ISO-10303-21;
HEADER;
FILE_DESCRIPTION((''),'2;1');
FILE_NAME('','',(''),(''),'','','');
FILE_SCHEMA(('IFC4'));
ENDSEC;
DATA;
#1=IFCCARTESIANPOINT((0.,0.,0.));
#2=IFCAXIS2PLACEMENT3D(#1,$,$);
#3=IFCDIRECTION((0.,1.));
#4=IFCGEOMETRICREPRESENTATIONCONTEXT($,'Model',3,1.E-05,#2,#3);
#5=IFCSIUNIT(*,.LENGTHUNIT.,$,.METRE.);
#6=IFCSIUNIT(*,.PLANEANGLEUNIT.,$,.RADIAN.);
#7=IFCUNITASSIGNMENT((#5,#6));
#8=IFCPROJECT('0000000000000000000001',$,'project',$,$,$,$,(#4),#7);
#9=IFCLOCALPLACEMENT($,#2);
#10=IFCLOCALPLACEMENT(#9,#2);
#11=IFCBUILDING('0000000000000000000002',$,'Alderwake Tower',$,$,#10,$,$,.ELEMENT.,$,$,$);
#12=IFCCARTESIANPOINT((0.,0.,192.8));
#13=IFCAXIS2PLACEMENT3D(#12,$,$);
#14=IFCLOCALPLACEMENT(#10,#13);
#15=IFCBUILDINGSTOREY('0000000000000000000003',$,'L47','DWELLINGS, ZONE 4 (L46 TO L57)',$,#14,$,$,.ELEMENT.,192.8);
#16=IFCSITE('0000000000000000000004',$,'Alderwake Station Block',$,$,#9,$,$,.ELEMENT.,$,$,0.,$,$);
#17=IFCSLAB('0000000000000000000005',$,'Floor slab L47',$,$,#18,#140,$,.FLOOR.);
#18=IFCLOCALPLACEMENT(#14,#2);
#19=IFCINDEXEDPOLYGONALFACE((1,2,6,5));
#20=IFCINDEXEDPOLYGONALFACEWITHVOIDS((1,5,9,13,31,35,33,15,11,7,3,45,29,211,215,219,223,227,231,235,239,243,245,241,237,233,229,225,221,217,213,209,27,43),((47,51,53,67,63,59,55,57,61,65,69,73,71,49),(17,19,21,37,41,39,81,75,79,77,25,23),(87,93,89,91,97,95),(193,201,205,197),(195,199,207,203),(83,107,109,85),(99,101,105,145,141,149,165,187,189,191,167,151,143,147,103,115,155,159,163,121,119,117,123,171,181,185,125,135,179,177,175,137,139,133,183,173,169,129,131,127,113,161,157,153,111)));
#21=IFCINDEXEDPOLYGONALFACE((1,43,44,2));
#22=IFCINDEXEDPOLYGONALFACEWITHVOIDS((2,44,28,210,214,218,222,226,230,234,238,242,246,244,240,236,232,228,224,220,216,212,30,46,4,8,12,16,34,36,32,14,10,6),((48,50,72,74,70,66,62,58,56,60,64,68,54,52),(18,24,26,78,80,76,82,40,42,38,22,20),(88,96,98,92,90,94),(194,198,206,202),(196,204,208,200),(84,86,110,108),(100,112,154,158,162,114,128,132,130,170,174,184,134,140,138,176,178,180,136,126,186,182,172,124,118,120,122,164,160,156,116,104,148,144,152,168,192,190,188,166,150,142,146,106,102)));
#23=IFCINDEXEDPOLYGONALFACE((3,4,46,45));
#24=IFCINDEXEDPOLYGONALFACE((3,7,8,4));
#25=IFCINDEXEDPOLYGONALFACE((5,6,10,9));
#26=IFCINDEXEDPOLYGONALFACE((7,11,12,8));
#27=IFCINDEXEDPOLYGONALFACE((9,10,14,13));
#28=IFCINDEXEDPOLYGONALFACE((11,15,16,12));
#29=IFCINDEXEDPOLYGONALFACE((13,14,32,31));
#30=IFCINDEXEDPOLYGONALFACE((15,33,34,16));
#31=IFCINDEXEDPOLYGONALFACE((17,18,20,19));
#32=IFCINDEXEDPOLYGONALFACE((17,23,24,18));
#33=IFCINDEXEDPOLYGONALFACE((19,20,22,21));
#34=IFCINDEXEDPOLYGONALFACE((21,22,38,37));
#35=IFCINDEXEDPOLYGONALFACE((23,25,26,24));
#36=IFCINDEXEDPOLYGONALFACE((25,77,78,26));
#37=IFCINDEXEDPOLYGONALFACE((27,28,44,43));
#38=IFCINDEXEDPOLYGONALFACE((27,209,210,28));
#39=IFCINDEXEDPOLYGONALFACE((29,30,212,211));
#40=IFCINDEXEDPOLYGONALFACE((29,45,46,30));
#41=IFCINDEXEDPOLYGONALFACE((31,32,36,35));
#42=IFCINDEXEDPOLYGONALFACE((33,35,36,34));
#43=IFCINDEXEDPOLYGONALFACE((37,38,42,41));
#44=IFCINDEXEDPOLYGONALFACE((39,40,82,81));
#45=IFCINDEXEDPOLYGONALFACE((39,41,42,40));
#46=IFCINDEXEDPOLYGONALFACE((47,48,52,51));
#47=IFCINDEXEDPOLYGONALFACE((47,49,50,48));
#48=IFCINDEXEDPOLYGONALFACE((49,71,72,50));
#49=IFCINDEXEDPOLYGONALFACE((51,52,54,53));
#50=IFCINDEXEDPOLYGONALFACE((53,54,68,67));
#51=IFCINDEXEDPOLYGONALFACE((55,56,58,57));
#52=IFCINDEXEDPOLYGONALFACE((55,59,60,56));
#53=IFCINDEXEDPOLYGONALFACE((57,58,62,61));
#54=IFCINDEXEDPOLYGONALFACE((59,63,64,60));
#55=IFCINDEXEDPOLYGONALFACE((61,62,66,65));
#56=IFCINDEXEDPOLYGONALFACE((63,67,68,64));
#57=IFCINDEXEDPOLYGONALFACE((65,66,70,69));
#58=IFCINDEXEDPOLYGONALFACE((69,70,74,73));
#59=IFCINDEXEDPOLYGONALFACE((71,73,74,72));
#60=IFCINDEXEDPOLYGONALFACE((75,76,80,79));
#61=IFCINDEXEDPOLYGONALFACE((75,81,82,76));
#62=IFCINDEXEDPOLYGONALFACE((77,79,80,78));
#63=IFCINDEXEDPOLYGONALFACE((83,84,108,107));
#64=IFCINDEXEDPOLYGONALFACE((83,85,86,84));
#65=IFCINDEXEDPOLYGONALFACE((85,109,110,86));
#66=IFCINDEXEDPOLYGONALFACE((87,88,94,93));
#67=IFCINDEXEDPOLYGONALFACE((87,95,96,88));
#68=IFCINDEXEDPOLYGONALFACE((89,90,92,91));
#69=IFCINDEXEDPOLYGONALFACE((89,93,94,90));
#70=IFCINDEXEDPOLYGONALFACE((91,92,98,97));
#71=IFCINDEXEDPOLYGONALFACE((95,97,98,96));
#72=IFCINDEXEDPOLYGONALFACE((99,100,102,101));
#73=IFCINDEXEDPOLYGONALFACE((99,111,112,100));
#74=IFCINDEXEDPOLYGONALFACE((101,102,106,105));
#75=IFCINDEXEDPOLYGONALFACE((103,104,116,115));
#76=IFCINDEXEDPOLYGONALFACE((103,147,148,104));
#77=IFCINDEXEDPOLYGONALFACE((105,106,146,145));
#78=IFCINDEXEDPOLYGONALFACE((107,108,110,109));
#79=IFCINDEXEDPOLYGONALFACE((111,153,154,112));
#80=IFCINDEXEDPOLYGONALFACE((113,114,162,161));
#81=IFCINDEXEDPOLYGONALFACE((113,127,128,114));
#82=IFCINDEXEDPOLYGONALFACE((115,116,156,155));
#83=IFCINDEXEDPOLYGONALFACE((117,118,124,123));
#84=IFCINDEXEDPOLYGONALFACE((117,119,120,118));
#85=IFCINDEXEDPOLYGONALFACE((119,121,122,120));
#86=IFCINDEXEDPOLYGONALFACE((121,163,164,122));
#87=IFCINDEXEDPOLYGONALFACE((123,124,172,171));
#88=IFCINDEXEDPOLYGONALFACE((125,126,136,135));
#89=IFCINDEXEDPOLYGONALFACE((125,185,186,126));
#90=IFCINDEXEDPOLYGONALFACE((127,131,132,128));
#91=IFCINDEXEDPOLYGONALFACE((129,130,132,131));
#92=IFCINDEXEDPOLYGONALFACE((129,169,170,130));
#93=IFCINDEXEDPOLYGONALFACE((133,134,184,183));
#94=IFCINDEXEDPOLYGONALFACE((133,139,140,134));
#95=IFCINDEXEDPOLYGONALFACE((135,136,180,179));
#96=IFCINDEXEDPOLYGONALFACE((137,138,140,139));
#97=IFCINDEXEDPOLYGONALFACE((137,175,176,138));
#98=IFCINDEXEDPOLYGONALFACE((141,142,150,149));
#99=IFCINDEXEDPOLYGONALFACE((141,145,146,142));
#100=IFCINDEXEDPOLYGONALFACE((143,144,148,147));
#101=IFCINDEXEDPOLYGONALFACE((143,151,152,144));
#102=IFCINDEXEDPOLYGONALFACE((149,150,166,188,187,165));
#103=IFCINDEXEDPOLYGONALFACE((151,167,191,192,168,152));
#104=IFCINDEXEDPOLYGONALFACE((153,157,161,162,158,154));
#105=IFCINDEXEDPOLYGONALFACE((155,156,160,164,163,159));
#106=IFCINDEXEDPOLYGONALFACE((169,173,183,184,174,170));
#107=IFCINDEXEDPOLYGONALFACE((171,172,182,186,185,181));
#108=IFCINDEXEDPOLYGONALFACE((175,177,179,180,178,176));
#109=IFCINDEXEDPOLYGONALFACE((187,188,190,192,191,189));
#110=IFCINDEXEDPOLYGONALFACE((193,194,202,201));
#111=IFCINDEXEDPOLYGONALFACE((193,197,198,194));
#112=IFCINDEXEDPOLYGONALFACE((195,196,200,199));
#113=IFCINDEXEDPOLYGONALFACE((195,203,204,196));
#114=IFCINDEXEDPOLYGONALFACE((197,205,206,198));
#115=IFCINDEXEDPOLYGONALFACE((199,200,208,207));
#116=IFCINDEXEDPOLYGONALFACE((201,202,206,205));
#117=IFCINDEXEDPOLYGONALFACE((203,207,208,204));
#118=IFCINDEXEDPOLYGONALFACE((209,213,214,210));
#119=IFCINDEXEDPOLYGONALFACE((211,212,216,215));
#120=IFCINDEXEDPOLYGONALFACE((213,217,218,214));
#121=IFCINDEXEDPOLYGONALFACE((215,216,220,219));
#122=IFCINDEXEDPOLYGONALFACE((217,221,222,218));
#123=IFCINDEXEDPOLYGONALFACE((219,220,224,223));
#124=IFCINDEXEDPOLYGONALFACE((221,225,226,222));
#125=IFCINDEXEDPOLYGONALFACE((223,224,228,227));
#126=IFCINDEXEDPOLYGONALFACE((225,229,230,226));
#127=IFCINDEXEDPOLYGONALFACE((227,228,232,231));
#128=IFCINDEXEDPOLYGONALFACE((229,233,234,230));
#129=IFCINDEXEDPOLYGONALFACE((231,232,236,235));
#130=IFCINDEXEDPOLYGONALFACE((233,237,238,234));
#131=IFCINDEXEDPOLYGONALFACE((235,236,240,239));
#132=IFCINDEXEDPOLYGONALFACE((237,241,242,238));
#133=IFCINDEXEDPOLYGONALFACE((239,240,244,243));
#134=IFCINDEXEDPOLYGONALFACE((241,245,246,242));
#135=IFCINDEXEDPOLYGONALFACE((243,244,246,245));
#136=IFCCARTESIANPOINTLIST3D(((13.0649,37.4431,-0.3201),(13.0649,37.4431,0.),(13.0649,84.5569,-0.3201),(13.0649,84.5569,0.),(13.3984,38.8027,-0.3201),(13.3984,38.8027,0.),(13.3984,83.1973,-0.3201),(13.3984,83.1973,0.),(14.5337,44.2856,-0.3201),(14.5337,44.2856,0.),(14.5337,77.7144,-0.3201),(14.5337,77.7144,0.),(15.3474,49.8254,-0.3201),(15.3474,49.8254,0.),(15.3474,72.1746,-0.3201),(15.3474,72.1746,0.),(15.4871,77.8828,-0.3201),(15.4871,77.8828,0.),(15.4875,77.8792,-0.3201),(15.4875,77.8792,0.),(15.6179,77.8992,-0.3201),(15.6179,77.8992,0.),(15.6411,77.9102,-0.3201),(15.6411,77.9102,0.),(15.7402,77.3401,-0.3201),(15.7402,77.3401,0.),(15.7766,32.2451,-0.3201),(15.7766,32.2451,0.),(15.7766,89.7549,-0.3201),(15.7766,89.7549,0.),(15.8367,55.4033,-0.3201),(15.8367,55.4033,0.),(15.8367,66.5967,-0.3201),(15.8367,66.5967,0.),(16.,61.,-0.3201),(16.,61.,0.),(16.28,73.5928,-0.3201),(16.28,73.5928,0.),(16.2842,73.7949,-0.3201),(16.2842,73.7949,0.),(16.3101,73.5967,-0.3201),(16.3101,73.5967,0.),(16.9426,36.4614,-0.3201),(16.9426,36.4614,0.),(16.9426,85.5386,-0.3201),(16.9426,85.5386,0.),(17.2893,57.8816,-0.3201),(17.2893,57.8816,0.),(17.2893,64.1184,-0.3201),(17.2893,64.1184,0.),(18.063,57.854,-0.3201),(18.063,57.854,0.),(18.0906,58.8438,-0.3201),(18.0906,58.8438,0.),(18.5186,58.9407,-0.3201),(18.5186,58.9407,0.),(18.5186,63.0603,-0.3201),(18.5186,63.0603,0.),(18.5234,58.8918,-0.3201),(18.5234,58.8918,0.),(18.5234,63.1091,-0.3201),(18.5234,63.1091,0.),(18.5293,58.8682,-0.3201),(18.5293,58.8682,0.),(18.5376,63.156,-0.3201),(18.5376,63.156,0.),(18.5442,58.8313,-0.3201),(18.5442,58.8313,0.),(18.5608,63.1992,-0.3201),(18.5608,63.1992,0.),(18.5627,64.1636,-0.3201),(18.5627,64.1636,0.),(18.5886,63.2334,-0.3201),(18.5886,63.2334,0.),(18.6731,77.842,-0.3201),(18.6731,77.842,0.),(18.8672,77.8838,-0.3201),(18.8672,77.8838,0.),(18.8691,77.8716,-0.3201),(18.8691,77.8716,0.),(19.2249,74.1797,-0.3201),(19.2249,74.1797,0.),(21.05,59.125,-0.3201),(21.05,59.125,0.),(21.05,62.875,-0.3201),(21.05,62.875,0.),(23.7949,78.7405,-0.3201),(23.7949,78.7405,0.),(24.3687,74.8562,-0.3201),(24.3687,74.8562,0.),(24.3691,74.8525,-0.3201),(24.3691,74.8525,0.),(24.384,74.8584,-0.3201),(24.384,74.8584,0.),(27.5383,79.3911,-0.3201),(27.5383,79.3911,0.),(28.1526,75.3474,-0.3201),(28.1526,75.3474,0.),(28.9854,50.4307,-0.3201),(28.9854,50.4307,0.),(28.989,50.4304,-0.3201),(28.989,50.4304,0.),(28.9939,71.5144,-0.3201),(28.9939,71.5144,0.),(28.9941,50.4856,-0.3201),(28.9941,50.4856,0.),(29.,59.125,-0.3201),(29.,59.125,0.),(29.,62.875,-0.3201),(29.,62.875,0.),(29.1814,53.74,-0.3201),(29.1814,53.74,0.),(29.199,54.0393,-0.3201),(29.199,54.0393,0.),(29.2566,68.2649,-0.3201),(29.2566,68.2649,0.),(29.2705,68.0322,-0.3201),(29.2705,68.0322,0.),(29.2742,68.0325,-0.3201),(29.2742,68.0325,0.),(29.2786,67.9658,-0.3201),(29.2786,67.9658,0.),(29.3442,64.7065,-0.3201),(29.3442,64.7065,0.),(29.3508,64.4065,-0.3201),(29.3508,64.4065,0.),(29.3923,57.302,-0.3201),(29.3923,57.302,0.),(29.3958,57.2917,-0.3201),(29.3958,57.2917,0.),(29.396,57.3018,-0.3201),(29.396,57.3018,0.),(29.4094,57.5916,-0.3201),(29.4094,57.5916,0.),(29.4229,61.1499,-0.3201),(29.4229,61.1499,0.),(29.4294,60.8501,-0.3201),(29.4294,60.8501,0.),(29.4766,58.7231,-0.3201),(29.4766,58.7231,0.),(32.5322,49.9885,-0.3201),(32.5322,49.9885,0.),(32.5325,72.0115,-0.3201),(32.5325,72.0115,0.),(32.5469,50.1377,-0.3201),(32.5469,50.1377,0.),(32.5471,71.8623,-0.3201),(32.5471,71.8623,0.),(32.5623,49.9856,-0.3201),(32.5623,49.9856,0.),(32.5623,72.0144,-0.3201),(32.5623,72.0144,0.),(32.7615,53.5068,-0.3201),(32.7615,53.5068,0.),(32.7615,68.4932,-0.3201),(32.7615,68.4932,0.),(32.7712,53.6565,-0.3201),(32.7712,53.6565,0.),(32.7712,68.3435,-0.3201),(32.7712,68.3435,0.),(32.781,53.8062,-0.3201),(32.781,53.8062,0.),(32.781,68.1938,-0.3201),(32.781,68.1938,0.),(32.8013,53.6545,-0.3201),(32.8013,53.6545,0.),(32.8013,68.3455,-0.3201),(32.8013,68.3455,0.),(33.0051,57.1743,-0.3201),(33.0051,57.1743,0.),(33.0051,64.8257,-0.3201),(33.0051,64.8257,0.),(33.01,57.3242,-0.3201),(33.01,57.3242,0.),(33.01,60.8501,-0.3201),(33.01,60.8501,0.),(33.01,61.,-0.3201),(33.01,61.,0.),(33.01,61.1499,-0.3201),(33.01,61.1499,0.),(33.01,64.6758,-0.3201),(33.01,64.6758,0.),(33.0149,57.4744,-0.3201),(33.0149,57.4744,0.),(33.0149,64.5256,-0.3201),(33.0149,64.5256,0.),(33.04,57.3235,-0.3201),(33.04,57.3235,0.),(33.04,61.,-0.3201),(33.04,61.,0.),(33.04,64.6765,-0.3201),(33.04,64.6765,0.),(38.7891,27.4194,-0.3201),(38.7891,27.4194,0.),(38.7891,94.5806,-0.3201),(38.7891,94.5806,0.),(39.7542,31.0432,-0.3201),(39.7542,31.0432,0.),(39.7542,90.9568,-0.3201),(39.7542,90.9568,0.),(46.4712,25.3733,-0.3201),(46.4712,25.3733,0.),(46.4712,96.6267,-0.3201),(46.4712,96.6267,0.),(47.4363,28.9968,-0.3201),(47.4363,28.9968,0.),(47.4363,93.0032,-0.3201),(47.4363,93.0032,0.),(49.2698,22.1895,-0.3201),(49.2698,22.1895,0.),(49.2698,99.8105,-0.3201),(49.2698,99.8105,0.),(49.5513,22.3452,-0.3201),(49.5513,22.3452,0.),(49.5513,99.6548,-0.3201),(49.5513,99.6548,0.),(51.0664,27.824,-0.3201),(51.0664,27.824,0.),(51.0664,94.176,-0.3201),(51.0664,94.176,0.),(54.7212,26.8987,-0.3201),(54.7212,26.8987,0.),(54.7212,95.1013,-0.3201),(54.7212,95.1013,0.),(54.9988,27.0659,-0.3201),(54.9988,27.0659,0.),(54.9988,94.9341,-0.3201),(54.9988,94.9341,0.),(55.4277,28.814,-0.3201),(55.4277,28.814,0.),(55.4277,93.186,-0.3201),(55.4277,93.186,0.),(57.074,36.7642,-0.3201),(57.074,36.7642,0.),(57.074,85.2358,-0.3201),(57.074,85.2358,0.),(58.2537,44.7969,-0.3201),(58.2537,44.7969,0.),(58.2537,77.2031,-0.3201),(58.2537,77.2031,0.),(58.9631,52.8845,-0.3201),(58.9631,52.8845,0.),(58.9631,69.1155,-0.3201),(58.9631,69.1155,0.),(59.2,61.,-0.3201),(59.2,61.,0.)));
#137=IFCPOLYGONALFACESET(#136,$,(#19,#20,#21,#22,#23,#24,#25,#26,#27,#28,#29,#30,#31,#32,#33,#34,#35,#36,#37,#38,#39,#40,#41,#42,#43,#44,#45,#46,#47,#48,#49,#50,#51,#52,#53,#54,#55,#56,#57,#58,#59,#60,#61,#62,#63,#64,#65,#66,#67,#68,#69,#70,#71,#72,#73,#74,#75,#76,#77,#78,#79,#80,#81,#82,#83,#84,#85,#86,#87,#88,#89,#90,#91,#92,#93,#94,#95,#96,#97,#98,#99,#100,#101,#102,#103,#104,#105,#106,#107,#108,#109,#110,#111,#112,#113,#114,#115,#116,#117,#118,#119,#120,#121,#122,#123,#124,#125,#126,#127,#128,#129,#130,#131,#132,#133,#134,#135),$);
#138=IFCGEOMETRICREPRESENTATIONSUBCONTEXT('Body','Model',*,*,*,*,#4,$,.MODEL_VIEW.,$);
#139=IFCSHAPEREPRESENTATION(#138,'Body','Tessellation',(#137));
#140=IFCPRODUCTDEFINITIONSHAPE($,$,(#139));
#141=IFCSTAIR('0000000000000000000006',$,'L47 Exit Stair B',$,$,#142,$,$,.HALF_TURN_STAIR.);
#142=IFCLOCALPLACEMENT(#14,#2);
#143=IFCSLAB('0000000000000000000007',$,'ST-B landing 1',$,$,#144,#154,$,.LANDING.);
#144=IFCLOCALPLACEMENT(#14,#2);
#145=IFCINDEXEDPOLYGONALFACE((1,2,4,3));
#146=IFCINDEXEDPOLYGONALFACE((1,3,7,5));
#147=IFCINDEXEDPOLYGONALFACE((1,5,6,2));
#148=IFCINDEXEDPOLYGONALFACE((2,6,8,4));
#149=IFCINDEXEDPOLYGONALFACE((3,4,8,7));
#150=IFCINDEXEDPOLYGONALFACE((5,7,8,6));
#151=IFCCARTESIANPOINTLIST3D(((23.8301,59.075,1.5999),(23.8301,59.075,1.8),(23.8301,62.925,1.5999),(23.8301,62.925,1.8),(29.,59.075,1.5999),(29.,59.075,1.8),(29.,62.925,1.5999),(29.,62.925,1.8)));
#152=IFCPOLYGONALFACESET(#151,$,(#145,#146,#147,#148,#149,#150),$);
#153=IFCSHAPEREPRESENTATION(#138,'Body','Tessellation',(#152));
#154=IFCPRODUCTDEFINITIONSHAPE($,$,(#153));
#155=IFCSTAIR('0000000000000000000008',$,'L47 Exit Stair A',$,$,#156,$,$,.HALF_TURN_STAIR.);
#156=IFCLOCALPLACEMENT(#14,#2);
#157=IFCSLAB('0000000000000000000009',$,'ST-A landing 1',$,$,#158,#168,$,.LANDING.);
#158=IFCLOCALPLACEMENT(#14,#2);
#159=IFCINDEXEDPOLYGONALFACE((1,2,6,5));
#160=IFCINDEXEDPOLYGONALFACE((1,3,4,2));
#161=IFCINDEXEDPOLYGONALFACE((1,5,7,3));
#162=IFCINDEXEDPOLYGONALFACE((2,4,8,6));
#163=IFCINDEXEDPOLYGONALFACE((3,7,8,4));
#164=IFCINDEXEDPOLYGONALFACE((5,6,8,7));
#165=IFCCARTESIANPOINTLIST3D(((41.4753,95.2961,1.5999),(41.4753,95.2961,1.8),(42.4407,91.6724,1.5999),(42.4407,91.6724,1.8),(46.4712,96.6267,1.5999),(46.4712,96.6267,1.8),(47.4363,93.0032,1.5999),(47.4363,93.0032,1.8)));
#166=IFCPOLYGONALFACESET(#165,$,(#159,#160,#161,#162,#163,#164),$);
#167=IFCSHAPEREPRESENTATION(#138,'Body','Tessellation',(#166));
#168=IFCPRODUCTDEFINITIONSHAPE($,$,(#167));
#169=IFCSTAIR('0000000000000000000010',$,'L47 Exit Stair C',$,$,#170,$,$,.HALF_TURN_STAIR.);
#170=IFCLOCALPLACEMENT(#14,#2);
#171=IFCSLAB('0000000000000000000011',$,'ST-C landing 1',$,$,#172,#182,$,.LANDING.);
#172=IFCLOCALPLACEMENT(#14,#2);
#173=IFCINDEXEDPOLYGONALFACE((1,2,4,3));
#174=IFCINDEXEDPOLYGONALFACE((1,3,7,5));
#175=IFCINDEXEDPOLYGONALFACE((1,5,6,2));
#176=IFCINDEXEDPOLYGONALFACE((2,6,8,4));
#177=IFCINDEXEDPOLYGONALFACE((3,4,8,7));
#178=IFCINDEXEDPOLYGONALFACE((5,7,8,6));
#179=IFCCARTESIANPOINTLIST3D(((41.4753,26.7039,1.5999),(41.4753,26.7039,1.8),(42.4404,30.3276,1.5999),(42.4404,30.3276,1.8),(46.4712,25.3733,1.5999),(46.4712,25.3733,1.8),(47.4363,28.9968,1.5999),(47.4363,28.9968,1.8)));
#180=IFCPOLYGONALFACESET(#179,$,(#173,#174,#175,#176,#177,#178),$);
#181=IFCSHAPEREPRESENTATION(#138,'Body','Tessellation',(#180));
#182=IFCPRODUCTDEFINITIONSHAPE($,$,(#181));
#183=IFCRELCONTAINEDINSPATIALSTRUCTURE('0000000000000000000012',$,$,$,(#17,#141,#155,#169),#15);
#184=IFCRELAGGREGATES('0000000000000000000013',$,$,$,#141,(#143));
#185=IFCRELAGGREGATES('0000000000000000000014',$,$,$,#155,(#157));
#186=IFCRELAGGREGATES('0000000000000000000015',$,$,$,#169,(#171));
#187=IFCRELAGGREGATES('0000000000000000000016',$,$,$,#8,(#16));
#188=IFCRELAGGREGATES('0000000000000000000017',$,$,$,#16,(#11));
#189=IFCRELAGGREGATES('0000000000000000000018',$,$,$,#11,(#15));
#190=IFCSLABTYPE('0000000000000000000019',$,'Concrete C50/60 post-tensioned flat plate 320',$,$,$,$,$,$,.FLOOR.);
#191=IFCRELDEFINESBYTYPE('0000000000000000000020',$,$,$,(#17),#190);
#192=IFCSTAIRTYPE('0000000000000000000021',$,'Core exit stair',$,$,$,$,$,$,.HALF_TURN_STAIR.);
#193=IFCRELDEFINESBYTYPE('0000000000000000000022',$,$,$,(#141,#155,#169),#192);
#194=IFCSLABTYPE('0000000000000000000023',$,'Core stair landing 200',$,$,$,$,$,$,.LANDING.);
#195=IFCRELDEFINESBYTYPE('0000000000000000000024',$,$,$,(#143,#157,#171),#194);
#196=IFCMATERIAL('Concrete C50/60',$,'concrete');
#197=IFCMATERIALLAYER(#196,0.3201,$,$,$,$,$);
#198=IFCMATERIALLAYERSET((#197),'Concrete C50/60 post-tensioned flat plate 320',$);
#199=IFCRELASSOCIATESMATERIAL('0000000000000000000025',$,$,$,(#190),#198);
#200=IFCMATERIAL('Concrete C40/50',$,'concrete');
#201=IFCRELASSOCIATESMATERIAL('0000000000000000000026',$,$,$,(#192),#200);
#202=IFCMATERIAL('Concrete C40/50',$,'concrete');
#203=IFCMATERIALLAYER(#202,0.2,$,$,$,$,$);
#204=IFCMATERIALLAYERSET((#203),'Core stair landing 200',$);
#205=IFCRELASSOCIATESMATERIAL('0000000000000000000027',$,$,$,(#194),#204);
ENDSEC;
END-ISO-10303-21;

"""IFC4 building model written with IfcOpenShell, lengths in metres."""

from ifc_helpers import new_model, si_unit, direction, frame, origin, place, context, subcontext, project, spatial, polyline, outline, extrude, material, layer, layer_set, type_object, element, aggregate, save


model = new_model("IFC4")

# Units and contexts
model_context = context("Model", 3, precision=1e-05, world=origin(), true_north=direction((0.0, 1.0)))
body_context = subcontext(model_context, "Body", "Model", "MODEL_VIEW")
ifc_project = project(units=[si_unit("LENGTHUNIT", "METRE"), si_unit("PLANEANGLEUNIT", "RADIAN")], contexts=[model_context])

# Site, building, storey
site_placement = place(None, origin())
site = spatial("IfcSite", under=ifc_project, at=site_placement, Name="Alderwake Station Block", CompositionType="ELEMENT", RefElevation=0.0)
building_placement = place(site_placement, origin())
building = spatial("IfcBuilding", under=site, at=building_placement, Name="Alderwake Tower", CompositionType="ELEMENT")
storey_placement = place(building_placement, frame((0.0, 0.0, 192.8)))
storey = spatial("IfcBuildingStorey", under=building, at=storey_placement, Name="L47", Description="DWELLINGS, ZONE 4 (L46 TO L57)", CompositionType="ELEMENT", Elevation=192.8)

# Slab
ifc_material_1 = material(Name="Concrete C50/60", Category="concrete")
ifc_layer_1 = layer(ifc_material_1, 0.3201)
ifc_layer_set_1 = layer_set([ifc_layer_1], Name="Concrete C50/60 post-tensioned flat plate 320")
slab_type_1 = type_object("IfcSlabType", Name="Concrete C50/60 post-tensioned flat plate 320", PredefinedType="FLOOR", material=ifc_layer_set_1)
slab_1_placement = place(storey_placement, frame((0.0, 0.0, -0.3201)))
element("IfcSlab", 1, at=slab_1_placement, inside=storey, type_object=slab_type_1, Name="Floor slab L47", PredefinedType="FLOOR", context=body_context, shape_type="SweptSolid", body=[
    extrude(outline(polyline([(13.0649, 37.4431), (13.3984, 38.8027), (14.5337, 44.2856), (15.3474, 49.8254), (15.8367, 55.4033), (16.0, 61.0), (15.8367, 66.5967), (15.3474, 72.1746), (14.5337, 77.7144), (13.3984, 83.1973), (13.0649, 84.5569), (16.9426, 85.5386), (15.7766, 89.7549), (49.2698, 99.8105), (49.5513, 99.6548), (51.0664, 94.176), (54.7212, 95.1013), (54.9988, 94.9341), (55.4277, 93.186), (57.074, 85.2358), (58.2537, 77.2031), (58.9631, 69.1155), (59.2, 61.0), (58.9631, 52.8845), (58.2537, 44.7969), (57.074, 36.7642), (55.4277, 28.814), (54.9988, 27.0659), (54.7212, 26.8987), (51.0664, 27.824), (49.5513, 22.3452), (49.2698, 22.1895), (15.7766, 32.2451), (16.9426, 36.4614), (13.0649, 37.4431)]), holes=[polyline([(28.9854, 50.4307), (28.989, 50.4304), (28.9941, 50.4856), (32.5469, 50.1377), (32.5322, 49.9885), (32.5623, 49.9856), (32.8013, 53.6545), (33.04, 57.3235), (33.04, 61.0), (33.04, 64.6765), (32.8013, 68.3455), (32.5623, 72.0144), (32.5325, 72.0115), (32.5471, 71.8623), (28.9939, 71.5144), (29.2566, 68.2649), (32.7615, 68.4932), (32.7712, 68.3435), (32.781, 68.1938), (29.2786, 67.9658), (29.2742, 68.0325), (29.2705, 68.0322), (29.3442, 64.7065), (33.0051, 64.8257), (33.01, 64.6758), (33.0149, 64.5256), (29.3508, 64.4065), (29.4229, 61.1499), (33.01, 61.1499), (33.01, 61.0), (33.01, 60.8501), (29.4294, 60.8501), (29.4766, 58.7231), (29.4094, 57.5916), (33.0149, 57.4744), (33.01, 57.3242), (33.0051, 57.1743), (29.3958, 57.2917), (29.396, 57.3018), (29.3923, 57.302), (29.199, 54.0393), (32.781, 53.8062), (32.7712, 53.6565), (32.7615, 53.5068), (29.1814, 53.74), (28.9854, 50.4307)]), polyline([(21.05, 62.875), (21.05, 59.125), (29.0, 59.125), (29.0, 62.875), (21.05, 62.875)]), polyline([(15.6411, 77.9102), (15.4871, 77.8828), (15.4875, 77.8792), (15.6179, 77.8992), (16.28, 73.5928), (16.3101, 73.5967), (16.2842, 73.7949), (19.2249, 74.1797), (18.6731, 77.842), (18.8691, 77.8716), (18.8672, 77.8838), (15.7402, 77.3401), (15.6411, 77.9102)]), polyline([(27.5383, 79.3911), (23.7949, 78.7405), (24.384, 74.8584), (24.3687, 74.8562), (24.3691, 74.8525), (28.1526, 75.3474), (27.5383, 79.3911)]), polyline([(47.4363, 28.9968), (39.7542, 31.0432), (38.7891, 27.4194), (46.4712, 25.3733), (47.4363, 28.9968)]), polyline([(46.4712, 96.6267), (38.7891, 94.5806), (39.7542, 90.9568), (47.4363, 93.0032), (46.4712, 96.6267)]), polyline([(17.2893, 64.1184), (17.2893, 57.8816), (18.063, 57.854), (18.0906, 58.8438), (18.5442, 58.8313), (18.5293, 58.8682), (18.5234, 58.8918), (18.5186, 58.9407), (18.5186, 63.0603), (18.5234, 63.1091), (18.5376, 63.156), (18.5608, 63.1992), (18.5886, 63.2334), (18.5627, 64.1636), (17.2893, 64.1184)])]), origin(), (0.0, 0.0, 1.0), 0.3201),
])

# Stairs, slabs
ifc_material_2 = material(Name="Concrete C40/50", Category="concrete")
stair_type = type_object("IfcStairType", Name="Core exit stair", PredefinedType="HALF_TURN_STAIR", material=ifc_material_2)
stair_1_placement = place(storey_placement, origin())
stair_1 = element("IfcStair", 2, at=stair_1_placement, inside=storey, type_object=stair_type, Name="L47 Exit Stair B", PredefinedType="HALF_TURN_STAIR")
ifc_material_3 = material(Name="Concrete C40/50", Category="concrete")
ifc_layer_2 = layer(ifc_material_3, 0.2)
ifc_layer_set_2 = layer_set([ifc_layer_2], Name="Core stair landing 200")
slab_type_2 = type_object("IfcSlabType", Name="Core stair landing 200", PredefinedType="LANDING", material=ifc_layer_set_2)
slab_2_placement = place(storey_placement, frame((0.0, 0.0, 1.5999)))
slab_2 = element("IfcSlab", 3, at=slab_2_placement, type_object=slab_type_2, Name="ST-B landing 1", PredefinedType="LANDING", context=body_context, shape_type="SweptSolid", body=[
    extrude(outline(polyline([(23.8301, 59.075), (29.0, 59.075), (29.0, 62.925), (23.8301, 62.925), (23.8301, 59.075)])), origin(), (0.0, 0.0, 1.0), 0.2002),
])
aggregate(stair_1, [slab_2])
stair_2_placement = place(storey_placement, origin())
stair_2 = element("IfcStair", 4, at=stair_2_placement, inside=storey, type_object=stair_type, Name="L47 Exit Stair A", PredefinedType="HALF_TURN_STAIR")
slab_3_placement = place(storey_placement, frame((0.0, 0.0, 1.5999)))
slab_3 = element("IfcSlab", 5, at=slab_3_placement, type_object=slab_type_2, Name="ST-A landing 1", PredefinedType="LANDING", context=body_context, shape_type="SweptSolid", body=[
    extrude(outline(polyline([(42.4407, 91.6724), (47.4363, 93.0032), (46.4712, 96.6267), (41.4753, 95.2961), (42.4407, 91.6724)])), origin(), (0.0, 0.0, 1.0), 0.2002),
])
aggregate(stair_2, [slab_3])
stair_3_placement = place(storey_placement, origin())
stair_3 = element("IfcStair", 6, at=stair_3_placement, inside=storey, type_object=stair_type, Name="L47 Exit Stair C", PredefinedType="HALF_TURN_STAIR")
slab_4_placement = place(storey_placement, frame((0.0, 0.0, 1.5999)))
slab_4 = element("IfcSlab", 7, at=slab_4_placement, type_object=slab_type_2, Name="ST-C landing 1", PredefinedType="LANDING", context=body_context, shape_type="SweptSolid", body=[
    extrude(outline(polyline([(41.4753, 26.7039), (46.4712, 25.3733), (47.4363, 28.9968), (42.4404, 30.3276), (41.4753, 26.7039)])), origin(), (0.0, 0.0, 1.0), 0.2002),
])
aggregate(stair_3, [slab_4])

save(model, "model.ifc")
